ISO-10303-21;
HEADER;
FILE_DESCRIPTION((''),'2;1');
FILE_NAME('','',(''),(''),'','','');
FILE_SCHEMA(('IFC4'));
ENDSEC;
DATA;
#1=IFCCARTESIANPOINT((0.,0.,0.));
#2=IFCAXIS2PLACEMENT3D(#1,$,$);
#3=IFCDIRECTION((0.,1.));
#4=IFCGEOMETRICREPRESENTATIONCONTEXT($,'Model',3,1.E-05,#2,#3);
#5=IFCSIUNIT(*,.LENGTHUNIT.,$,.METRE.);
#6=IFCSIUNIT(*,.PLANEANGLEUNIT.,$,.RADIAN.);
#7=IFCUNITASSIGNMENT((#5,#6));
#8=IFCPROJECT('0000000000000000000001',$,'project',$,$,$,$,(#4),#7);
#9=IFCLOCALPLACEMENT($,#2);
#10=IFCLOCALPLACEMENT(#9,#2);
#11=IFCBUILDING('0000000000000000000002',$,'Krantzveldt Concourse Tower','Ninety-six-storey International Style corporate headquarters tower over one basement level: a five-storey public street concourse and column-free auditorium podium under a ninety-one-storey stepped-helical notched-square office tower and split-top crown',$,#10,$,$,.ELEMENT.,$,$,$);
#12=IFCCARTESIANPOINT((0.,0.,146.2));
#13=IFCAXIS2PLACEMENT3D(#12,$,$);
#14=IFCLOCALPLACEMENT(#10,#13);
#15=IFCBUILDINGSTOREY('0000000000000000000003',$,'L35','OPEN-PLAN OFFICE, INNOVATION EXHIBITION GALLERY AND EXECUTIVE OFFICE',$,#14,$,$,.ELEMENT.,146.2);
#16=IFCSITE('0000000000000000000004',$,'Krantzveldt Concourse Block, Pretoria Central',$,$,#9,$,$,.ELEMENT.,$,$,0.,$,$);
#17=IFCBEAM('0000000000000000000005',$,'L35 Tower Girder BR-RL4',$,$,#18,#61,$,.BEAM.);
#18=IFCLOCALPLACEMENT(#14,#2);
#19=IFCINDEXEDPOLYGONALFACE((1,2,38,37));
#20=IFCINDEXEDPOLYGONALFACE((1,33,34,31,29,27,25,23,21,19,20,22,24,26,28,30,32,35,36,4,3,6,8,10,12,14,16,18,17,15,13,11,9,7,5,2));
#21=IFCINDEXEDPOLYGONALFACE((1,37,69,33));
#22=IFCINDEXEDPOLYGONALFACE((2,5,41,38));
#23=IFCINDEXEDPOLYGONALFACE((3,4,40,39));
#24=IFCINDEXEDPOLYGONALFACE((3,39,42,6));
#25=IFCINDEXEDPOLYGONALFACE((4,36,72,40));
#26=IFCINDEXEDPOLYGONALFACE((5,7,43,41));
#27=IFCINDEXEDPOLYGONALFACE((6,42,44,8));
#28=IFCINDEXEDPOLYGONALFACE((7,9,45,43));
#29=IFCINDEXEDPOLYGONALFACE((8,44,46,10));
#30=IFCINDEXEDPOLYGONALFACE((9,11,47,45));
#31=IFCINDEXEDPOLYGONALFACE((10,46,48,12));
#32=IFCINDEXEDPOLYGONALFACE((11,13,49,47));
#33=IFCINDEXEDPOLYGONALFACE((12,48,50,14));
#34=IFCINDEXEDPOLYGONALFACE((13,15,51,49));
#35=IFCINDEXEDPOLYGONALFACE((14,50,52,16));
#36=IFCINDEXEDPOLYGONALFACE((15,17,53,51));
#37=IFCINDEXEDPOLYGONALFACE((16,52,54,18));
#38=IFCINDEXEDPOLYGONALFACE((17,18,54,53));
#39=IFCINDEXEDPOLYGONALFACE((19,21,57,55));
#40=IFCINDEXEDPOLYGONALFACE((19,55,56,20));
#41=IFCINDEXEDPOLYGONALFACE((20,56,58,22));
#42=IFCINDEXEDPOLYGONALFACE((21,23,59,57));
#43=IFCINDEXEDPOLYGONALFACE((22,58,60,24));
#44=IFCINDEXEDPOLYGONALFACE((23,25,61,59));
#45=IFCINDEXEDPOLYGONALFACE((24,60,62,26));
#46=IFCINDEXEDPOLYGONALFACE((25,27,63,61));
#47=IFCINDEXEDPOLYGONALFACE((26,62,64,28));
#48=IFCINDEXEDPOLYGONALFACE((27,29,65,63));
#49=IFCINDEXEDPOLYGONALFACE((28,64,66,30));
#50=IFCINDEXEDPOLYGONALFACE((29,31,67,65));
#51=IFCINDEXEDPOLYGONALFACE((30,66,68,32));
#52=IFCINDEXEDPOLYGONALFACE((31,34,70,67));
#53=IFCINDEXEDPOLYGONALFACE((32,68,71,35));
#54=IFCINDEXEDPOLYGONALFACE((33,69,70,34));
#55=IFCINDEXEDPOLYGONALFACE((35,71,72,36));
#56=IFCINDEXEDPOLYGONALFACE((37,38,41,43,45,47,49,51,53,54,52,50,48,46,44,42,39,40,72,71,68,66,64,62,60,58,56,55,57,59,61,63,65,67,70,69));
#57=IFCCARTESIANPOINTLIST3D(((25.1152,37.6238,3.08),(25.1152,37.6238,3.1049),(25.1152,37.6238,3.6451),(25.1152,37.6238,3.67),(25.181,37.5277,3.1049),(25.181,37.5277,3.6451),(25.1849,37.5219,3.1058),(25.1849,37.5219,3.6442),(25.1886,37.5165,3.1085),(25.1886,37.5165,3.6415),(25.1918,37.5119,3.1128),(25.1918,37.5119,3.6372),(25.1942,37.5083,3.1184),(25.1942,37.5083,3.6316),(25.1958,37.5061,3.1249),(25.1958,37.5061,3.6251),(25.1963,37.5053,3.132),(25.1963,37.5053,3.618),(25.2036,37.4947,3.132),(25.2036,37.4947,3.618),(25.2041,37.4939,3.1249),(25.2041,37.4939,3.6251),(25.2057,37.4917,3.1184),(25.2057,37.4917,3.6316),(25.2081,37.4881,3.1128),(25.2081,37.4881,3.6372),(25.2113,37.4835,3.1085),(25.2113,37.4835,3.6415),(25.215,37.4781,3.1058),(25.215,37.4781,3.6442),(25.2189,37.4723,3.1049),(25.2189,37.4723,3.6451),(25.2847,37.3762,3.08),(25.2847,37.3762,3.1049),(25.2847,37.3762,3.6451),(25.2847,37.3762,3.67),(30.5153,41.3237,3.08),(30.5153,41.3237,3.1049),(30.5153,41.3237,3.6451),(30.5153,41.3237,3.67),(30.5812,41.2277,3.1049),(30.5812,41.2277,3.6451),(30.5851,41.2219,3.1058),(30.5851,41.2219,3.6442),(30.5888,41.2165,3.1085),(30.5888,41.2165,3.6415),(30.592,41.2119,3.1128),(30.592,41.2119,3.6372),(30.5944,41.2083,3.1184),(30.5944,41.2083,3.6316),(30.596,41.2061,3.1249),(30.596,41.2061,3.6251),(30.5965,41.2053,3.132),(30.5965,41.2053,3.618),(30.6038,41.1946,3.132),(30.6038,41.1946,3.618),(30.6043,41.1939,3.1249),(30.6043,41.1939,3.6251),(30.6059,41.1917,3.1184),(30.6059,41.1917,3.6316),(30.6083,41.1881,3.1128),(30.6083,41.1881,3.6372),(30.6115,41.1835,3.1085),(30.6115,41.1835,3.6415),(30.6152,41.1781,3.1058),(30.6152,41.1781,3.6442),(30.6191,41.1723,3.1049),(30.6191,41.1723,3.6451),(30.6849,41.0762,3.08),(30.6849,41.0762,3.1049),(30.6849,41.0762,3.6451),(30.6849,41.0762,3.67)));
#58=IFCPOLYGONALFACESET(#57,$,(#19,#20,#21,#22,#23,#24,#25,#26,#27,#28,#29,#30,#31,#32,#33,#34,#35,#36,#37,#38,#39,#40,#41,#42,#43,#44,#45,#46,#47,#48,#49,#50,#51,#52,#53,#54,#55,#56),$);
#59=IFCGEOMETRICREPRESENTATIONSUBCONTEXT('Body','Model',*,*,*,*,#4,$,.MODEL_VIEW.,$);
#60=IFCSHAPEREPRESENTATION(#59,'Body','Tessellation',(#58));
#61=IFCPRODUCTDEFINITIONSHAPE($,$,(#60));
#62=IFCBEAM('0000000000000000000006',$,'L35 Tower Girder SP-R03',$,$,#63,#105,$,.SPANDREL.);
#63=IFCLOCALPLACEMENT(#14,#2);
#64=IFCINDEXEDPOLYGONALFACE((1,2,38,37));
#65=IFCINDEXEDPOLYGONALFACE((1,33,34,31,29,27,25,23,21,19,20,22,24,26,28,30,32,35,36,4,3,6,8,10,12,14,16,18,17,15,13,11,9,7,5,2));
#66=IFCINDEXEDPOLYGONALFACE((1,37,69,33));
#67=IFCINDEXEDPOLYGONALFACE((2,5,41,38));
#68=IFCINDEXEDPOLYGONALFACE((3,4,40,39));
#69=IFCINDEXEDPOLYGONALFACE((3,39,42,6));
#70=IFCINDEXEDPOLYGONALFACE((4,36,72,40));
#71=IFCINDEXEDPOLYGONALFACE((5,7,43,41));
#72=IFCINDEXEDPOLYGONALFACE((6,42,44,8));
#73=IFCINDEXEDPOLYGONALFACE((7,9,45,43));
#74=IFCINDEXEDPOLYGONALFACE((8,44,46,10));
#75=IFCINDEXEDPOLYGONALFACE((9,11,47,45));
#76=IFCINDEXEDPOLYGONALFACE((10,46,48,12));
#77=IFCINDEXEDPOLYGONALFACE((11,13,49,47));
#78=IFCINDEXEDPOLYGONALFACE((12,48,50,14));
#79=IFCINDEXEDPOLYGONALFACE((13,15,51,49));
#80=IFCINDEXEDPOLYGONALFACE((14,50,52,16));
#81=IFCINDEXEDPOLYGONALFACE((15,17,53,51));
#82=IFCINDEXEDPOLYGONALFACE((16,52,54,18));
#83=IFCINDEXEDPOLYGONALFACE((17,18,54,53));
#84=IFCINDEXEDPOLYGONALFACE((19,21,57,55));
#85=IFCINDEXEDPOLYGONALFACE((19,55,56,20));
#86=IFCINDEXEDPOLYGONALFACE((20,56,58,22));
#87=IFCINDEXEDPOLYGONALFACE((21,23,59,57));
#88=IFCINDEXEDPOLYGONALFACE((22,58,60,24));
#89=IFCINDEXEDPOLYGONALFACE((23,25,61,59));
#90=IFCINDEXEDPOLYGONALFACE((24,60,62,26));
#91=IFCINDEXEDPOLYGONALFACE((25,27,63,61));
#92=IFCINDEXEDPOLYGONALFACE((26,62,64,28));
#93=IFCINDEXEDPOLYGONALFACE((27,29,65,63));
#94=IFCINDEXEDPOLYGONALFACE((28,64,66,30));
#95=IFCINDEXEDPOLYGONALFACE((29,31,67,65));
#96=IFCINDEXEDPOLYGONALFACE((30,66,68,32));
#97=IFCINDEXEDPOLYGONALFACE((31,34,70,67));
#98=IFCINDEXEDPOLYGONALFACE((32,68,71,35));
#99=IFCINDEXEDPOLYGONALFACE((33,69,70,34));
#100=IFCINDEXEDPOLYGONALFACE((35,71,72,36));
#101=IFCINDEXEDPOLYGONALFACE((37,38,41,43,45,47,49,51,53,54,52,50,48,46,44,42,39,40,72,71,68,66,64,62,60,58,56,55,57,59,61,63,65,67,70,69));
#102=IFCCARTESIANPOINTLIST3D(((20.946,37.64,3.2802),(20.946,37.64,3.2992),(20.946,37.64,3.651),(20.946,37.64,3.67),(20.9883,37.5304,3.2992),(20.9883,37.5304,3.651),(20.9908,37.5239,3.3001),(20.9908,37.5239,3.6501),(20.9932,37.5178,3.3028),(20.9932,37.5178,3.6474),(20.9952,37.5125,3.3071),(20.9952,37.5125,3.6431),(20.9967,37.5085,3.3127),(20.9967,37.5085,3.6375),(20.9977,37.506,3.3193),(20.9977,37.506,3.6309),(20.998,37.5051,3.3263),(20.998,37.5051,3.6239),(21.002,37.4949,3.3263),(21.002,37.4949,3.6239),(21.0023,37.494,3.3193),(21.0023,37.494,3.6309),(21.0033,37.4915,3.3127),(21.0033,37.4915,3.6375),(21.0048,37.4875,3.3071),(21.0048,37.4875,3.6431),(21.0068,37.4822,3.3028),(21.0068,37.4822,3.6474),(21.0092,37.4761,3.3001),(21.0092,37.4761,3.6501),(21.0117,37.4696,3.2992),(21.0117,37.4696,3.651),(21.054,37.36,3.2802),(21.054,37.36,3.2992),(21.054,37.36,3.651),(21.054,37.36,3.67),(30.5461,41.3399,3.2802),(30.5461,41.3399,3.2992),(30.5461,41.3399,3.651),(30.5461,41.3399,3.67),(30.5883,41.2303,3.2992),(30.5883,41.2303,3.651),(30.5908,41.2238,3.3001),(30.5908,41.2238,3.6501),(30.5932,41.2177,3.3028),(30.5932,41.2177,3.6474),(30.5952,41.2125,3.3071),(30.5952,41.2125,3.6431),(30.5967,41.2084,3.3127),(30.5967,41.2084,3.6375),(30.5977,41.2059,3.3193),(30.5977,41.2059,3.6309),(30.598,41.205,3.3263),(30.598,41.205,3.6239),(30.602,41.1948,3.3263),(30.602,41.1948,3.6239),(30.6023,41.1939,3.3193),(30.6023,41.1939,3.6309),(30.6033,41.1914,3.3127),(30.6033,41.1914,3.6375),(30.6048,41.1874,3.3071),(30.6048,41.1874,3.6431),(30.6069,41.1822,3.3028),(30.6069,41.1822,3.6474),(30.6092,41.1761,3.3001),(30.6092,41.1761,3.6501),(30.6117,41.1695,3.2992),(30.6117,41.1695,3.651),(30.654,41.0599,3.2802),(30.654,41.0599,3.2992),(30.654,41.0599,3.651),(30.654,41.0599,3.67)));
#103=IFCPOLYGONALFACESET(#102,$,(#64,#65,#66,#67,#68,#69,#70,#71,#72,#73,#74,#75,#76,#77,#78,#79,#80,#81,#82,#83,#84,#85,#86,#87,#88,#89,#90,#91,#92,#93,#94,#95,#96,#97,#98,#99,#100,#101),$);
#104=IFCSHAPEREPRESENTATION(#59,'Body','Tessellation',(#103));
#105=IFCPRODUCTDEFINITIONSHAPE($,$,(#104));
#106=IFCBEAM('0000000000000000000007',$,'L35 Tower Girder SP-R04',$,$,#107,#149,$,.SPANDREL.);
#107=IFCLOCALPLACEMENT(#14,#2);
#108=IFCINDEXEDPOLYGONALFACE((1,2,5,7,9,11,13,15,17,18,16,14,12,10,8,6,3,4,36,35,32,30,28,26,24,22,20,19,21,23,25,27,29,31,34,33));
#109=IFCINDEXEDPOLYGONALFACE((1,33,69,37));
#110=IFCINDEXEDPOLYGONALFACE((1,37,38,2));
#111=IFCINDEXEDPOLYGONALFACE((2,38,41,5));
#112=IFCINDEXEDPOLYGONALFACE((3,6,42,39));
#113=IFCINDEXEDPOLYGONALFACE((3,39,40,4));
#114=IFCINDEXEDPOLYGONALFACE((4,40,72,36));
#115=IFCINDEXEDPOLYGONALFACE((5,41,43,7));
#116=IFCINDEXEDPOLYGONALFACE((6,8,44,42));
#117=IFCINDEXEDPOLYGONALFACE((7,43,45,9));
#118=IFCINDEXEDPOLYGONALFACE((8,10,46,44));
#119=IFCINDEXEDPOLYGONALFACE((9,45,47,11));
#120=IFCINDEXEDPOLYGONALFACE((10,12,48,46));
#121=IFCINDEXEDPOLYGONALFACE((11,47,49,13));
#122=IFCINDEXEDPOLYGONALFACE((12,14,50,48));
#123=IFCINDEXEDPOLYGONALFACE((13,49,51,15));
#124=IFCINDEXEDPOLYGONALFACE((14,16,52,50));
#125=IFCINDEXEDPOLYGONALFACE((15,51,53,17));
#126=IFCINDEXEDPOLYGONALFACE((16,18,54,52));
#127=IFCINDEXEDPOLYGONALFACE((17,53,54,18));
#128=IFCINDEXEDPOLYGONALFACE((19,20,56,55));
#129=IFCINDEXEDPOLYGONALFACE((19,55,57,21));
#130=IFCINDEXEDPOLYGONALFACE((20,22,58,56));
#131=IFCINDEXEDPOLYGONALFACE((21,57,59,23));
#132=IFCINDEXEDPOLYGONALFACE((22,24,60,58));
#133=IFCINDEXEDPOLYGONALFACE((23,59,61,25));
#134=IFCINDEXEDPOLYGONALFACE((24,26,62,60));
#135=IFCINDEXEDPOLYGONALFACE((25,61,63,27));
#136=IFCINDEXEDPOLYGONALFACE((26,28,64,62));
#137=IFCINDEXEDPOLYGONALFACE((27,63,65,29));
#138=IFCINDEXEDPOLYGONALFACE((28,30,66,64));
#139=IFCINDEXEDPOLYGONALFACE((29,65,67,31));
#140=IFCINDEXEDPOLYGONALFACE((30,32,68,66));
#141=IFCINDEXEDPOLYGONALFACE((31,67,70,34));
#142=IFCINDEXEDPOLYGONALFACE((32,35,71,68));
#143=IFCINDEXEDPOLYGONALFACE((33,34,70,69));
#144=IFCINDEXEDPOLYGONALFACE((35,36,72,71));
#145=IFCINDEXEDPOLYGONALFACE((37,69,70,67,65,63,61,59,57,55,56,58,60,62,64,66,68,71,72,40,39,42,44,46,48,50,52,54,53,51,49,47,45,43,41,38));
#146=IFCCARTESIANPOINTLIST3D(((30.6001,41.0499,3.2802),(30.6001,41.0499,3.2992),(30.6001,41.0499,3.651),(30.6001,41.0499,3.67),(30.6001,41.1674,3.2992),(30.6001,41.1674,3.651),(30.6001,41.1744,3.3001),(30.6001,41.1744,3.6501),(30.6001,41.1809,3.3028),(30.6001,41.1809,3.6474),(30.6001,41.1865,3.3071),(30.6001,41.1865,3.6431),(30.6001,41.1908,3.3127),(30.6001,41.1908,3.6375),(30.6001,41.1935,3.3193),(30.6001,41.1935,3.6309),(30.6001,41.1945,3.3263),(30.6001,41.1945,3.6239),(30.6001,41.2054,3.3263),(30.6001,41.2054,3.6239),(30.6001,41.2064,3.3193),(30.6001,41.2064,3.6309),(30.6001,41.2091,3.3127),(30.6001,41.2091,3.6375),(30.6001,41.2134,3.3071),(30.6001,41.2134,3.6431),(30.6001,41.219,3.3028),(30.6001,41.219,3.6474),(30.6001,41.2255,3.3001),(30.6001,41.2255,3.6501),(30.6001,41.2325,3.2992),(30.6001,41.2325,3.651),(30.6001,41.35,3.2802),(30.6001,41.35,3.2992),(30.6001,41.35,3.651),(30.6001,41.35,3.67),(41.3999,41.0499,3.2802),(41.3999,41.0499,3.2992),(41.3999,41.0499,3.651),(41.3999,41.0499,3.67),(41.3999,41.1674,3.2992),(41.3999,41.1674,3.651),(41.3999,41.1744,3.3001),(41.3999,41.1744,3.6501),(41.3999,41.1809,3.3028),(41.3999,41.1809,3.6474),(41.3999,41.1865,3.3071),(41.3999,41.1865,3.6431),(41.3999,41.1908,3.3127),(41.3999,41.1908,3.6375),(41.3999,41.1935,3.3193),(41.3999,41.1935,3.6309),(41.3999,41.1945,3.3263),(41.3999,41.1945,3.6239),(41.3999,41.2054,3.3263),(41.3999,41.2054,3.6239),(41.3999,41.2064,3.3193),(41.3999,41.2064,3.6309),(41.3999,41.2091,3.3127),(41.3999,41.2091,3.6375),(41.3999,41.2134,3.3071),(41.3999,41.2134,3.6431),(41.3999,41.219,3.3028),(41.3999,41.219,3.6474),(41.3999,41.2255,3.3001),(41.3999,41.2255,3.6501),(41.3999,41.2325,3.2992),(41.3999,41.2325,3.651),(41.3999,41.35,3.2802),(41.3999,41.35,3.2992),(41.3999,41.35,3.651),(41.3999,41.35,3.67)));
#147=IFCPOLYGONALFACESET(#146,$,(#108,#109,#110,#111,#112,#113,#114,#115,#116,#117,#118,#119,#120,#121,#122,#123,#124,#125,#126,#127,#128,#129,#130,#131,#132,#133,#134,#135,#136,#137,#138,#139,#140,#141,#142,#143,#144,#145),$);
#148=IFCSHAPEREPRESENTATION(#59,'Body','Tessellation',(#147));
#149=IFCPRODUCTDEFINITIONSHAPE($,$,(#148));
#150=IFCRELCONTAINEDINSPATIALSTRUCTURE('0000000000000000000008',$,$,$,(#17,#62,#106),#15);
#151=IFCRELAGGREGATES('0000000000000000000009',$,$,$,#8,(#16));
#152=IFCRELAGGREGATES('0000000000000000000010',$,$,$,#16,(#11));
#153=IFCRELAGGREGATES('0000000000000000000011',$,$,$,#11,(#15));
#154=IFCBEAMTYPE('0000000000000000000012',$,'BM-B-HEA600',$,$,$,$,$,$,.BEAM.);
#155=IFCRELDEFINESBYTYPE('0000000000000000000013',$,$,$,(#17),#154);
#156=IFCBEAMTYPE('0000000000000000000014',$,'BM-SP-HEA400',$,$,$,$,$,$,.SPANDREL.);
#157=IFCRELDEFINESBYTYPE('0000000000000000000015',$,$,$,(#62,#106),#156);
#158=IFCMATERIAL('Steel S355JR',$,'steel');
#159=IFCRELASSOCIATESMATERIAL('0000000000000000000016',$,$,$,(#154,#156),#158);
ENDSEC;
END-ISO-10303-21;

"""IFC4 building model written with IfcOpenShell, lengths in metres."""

from ifc_helpers import new_model, si_unit, direction, frame, origin, origin_2d, place, context, subcontext, project, spatial, i_section, extrude, source, transform, mapped, material, material_profile, profile_set, type_object, type_shapes, element, save


model = new_model("IFC4")

# Units and contexts
model_context = context("Model", 3, precision=1e-05, world=origin(), true_north=direction((0.0, 1.0)))
body_context = subcontext(model_context, "Body", "Model", "MODEL_VIEW")
ifc_project = project(units=[si_unit("LENGTHUNIT", "METRE"), si_unit("PLANEANGLEUNIT", "RADIAN")], contexts=[model_context])

# Site, building, storey
site_placement = place(None, origin())
site = spatial("IfcSite", under=ifc_project, at=site_placement, Name="Krantzveldt Concourse Block, Pretoria Central", CompositionType="ELEMENT", RefElevation=0.0)
building_placement = place(site_placement, origin())
building = spatial("IfcBuilding", under=site, at=building_placement, Name="Krantzveldt Concourse Tower", Description="Ninety-six-storey International Style corporate headquarters tower over one basement level: a five-storey public street concourse and column-free auditorium podium under a ninety-one-storey stepped-helical notched-square office tower and split-top crown", CompositionType="ELEMENT")
storey_placement = place(building_placement, frame((0.0, 0.0, 146.2)))
storey = spatial("IfcBuildingStorey", under=building, at=storey_placement, Name="L35", Description="OPEN-PLAN OFFICE, INNOVATION EXHIBITION GALLERY AND EXECUTIVE OFFICE", CompositionType="ELEMENT", Elevation=146.2)

# Beams
ifc_material_1 = material(Name="Steel S355JR", Category="steel")
ifc_material_profile_1 = material_profile(ifc_material_1, i_section(OverallWidth=0.3, OverallDepth=0.5901, WebThickness=0.0129, FlangeThickness=0.0249, FilletRadius=0.0271, at=origin_2d()), Name="Steel S355JR", Category="steel")
ifc_profile_set_1 = profile_set([ifc_material_profile_1], Name="Steel S355JR - HEA 600")
beam_type_1 = type_object("IfcBeamType", Name="BM-B-HEA600", PredefinedType="BEAM", material=ifc_profile_set_1)
shared_shape_1 = source(origin(), body_context, "Body", "SweptSolid", [
    extrude(i_section(OverallWidth=0.3, OverallDepth=0.5901, WebThickness=0.0129, FlangeThickness=0.0249, FilletRadius=0.0271, at=origin_2d()), origin(), (0.0, 0.0, 1.0), 6.5461),
])
beam_1_placement = place(storey_placement, frame((25.2, 37.5, 3.375), z_axis=(0.824943, 0.565216, 0.0), x_axis=(-0.565216, 0.824943, 0.0)))
element("IfcBeam", 1, at=beam_1_placement, inside=storey, type_object=beam_type_1, Name="L35 Tower Girder BR-RL4", PredefinedType="BEAM", context=body_context, shape_type="MappedRepresentation", body=[
    mapped(shared_shape_1, transform((0.0, 0.0, 0.0), x_axis=(1.0, 0.0, 0.0), y_axis=(0.0, 1.0, 0.0), z_axis=(0.0, 0.0, 1.0), scale=1.0)),
])
ifc_material_profile_2 = material_profile(ifc_material_1, i_section(OverallWidth=0.3, OverallDepth=0.3899, WebThickness=0.011, FlangeThickness=0.019, FilletRadius=0.0271, at=origin_2d()), Name="Steel S355JR", Category="steel")
ifc_profile_set_2 = profile_set([ifc_material_profile_2], Name="Steel S355JR - HEA 400")
beam_type_2 = type_object("IfcBeamType", Name="BM-SP-HEA400", PredefinedType="SPANDREL", material=ifc_profile_set_2)
shared_shape_2 = source(origin(), body_context, "Body", "SweptSolid", [
    extrude(i_section(OverallWidth=0.3, OverallDepth=0.3899, WebThickness=0.011, FlangeThickness=0.019, FilletRadius=0.0271, at=origin_2d()), origin(), (0.0, 0.0, 1.0), 10.2883),
])
beam_2_placement = place(storey_placement, frame((21.0, 37.5, 3.4751), z_axis=(0.933098, 0.359623, 0.0), x_axis=(-0.359623, 0.933098, 0.0)))
element("IfcBeam", 2, at=beam_2_placement, inside=storey, type_object=beam_type_2, Name="L35 Tower Girder SP-R03", PredefinedType="SPANDREL", context=body_context, shape_type="MappedRepresentation", body=[
    mapped(shared_shape_2, transform((0.0, 0.0, 0.0), x_axis=(1.0, 0.0, 0.0), y_axis=(0.0, 1.0, 0.0), z_axis=(0.0, 0.0, 1.0), scale=1.0)),
])
shared_shape_3 = source(origin(), body_context, "Body", "SweptSolid", [
    extrude(i_section(OverallWidth=0.3, OverallDepth=0.3899, WebThickness=0.011, FlangeThickness=0.019, FilletRadius=0.0271, at=origin_2d()), origin(), (0.0, 0.0, 1.0), 10.7998),
])
type_shapes(beam_type_2, [shared_shape_2, shared_shape_3])
beam_3_placement = place(storey_placement, frame((30.6001, 41.2, 3.4751), z_axis=(1.0, 0.0, 0.0), x_axis=(0.0, 1.0, 0.0)))
element("IfcBeam", 3, at=beam_3_placement, inside=storey, type_object=beam_type_2, Name="L35 Tower Girder SP-R04", PredefinedType="SPANDREL", context=body_context, shape_type="MappedRepresentation", body=[
    mapped(shared_shape_3, transform((0.0, 0.0, 0.0), x_axis=(1.0, 0.0, 0.0), y_axis=(0.0, 1.0, 0.0), z_axis=(0.0, 0.0, 1.0), scale=1.0)),
])

save(model, "model.ifc")
